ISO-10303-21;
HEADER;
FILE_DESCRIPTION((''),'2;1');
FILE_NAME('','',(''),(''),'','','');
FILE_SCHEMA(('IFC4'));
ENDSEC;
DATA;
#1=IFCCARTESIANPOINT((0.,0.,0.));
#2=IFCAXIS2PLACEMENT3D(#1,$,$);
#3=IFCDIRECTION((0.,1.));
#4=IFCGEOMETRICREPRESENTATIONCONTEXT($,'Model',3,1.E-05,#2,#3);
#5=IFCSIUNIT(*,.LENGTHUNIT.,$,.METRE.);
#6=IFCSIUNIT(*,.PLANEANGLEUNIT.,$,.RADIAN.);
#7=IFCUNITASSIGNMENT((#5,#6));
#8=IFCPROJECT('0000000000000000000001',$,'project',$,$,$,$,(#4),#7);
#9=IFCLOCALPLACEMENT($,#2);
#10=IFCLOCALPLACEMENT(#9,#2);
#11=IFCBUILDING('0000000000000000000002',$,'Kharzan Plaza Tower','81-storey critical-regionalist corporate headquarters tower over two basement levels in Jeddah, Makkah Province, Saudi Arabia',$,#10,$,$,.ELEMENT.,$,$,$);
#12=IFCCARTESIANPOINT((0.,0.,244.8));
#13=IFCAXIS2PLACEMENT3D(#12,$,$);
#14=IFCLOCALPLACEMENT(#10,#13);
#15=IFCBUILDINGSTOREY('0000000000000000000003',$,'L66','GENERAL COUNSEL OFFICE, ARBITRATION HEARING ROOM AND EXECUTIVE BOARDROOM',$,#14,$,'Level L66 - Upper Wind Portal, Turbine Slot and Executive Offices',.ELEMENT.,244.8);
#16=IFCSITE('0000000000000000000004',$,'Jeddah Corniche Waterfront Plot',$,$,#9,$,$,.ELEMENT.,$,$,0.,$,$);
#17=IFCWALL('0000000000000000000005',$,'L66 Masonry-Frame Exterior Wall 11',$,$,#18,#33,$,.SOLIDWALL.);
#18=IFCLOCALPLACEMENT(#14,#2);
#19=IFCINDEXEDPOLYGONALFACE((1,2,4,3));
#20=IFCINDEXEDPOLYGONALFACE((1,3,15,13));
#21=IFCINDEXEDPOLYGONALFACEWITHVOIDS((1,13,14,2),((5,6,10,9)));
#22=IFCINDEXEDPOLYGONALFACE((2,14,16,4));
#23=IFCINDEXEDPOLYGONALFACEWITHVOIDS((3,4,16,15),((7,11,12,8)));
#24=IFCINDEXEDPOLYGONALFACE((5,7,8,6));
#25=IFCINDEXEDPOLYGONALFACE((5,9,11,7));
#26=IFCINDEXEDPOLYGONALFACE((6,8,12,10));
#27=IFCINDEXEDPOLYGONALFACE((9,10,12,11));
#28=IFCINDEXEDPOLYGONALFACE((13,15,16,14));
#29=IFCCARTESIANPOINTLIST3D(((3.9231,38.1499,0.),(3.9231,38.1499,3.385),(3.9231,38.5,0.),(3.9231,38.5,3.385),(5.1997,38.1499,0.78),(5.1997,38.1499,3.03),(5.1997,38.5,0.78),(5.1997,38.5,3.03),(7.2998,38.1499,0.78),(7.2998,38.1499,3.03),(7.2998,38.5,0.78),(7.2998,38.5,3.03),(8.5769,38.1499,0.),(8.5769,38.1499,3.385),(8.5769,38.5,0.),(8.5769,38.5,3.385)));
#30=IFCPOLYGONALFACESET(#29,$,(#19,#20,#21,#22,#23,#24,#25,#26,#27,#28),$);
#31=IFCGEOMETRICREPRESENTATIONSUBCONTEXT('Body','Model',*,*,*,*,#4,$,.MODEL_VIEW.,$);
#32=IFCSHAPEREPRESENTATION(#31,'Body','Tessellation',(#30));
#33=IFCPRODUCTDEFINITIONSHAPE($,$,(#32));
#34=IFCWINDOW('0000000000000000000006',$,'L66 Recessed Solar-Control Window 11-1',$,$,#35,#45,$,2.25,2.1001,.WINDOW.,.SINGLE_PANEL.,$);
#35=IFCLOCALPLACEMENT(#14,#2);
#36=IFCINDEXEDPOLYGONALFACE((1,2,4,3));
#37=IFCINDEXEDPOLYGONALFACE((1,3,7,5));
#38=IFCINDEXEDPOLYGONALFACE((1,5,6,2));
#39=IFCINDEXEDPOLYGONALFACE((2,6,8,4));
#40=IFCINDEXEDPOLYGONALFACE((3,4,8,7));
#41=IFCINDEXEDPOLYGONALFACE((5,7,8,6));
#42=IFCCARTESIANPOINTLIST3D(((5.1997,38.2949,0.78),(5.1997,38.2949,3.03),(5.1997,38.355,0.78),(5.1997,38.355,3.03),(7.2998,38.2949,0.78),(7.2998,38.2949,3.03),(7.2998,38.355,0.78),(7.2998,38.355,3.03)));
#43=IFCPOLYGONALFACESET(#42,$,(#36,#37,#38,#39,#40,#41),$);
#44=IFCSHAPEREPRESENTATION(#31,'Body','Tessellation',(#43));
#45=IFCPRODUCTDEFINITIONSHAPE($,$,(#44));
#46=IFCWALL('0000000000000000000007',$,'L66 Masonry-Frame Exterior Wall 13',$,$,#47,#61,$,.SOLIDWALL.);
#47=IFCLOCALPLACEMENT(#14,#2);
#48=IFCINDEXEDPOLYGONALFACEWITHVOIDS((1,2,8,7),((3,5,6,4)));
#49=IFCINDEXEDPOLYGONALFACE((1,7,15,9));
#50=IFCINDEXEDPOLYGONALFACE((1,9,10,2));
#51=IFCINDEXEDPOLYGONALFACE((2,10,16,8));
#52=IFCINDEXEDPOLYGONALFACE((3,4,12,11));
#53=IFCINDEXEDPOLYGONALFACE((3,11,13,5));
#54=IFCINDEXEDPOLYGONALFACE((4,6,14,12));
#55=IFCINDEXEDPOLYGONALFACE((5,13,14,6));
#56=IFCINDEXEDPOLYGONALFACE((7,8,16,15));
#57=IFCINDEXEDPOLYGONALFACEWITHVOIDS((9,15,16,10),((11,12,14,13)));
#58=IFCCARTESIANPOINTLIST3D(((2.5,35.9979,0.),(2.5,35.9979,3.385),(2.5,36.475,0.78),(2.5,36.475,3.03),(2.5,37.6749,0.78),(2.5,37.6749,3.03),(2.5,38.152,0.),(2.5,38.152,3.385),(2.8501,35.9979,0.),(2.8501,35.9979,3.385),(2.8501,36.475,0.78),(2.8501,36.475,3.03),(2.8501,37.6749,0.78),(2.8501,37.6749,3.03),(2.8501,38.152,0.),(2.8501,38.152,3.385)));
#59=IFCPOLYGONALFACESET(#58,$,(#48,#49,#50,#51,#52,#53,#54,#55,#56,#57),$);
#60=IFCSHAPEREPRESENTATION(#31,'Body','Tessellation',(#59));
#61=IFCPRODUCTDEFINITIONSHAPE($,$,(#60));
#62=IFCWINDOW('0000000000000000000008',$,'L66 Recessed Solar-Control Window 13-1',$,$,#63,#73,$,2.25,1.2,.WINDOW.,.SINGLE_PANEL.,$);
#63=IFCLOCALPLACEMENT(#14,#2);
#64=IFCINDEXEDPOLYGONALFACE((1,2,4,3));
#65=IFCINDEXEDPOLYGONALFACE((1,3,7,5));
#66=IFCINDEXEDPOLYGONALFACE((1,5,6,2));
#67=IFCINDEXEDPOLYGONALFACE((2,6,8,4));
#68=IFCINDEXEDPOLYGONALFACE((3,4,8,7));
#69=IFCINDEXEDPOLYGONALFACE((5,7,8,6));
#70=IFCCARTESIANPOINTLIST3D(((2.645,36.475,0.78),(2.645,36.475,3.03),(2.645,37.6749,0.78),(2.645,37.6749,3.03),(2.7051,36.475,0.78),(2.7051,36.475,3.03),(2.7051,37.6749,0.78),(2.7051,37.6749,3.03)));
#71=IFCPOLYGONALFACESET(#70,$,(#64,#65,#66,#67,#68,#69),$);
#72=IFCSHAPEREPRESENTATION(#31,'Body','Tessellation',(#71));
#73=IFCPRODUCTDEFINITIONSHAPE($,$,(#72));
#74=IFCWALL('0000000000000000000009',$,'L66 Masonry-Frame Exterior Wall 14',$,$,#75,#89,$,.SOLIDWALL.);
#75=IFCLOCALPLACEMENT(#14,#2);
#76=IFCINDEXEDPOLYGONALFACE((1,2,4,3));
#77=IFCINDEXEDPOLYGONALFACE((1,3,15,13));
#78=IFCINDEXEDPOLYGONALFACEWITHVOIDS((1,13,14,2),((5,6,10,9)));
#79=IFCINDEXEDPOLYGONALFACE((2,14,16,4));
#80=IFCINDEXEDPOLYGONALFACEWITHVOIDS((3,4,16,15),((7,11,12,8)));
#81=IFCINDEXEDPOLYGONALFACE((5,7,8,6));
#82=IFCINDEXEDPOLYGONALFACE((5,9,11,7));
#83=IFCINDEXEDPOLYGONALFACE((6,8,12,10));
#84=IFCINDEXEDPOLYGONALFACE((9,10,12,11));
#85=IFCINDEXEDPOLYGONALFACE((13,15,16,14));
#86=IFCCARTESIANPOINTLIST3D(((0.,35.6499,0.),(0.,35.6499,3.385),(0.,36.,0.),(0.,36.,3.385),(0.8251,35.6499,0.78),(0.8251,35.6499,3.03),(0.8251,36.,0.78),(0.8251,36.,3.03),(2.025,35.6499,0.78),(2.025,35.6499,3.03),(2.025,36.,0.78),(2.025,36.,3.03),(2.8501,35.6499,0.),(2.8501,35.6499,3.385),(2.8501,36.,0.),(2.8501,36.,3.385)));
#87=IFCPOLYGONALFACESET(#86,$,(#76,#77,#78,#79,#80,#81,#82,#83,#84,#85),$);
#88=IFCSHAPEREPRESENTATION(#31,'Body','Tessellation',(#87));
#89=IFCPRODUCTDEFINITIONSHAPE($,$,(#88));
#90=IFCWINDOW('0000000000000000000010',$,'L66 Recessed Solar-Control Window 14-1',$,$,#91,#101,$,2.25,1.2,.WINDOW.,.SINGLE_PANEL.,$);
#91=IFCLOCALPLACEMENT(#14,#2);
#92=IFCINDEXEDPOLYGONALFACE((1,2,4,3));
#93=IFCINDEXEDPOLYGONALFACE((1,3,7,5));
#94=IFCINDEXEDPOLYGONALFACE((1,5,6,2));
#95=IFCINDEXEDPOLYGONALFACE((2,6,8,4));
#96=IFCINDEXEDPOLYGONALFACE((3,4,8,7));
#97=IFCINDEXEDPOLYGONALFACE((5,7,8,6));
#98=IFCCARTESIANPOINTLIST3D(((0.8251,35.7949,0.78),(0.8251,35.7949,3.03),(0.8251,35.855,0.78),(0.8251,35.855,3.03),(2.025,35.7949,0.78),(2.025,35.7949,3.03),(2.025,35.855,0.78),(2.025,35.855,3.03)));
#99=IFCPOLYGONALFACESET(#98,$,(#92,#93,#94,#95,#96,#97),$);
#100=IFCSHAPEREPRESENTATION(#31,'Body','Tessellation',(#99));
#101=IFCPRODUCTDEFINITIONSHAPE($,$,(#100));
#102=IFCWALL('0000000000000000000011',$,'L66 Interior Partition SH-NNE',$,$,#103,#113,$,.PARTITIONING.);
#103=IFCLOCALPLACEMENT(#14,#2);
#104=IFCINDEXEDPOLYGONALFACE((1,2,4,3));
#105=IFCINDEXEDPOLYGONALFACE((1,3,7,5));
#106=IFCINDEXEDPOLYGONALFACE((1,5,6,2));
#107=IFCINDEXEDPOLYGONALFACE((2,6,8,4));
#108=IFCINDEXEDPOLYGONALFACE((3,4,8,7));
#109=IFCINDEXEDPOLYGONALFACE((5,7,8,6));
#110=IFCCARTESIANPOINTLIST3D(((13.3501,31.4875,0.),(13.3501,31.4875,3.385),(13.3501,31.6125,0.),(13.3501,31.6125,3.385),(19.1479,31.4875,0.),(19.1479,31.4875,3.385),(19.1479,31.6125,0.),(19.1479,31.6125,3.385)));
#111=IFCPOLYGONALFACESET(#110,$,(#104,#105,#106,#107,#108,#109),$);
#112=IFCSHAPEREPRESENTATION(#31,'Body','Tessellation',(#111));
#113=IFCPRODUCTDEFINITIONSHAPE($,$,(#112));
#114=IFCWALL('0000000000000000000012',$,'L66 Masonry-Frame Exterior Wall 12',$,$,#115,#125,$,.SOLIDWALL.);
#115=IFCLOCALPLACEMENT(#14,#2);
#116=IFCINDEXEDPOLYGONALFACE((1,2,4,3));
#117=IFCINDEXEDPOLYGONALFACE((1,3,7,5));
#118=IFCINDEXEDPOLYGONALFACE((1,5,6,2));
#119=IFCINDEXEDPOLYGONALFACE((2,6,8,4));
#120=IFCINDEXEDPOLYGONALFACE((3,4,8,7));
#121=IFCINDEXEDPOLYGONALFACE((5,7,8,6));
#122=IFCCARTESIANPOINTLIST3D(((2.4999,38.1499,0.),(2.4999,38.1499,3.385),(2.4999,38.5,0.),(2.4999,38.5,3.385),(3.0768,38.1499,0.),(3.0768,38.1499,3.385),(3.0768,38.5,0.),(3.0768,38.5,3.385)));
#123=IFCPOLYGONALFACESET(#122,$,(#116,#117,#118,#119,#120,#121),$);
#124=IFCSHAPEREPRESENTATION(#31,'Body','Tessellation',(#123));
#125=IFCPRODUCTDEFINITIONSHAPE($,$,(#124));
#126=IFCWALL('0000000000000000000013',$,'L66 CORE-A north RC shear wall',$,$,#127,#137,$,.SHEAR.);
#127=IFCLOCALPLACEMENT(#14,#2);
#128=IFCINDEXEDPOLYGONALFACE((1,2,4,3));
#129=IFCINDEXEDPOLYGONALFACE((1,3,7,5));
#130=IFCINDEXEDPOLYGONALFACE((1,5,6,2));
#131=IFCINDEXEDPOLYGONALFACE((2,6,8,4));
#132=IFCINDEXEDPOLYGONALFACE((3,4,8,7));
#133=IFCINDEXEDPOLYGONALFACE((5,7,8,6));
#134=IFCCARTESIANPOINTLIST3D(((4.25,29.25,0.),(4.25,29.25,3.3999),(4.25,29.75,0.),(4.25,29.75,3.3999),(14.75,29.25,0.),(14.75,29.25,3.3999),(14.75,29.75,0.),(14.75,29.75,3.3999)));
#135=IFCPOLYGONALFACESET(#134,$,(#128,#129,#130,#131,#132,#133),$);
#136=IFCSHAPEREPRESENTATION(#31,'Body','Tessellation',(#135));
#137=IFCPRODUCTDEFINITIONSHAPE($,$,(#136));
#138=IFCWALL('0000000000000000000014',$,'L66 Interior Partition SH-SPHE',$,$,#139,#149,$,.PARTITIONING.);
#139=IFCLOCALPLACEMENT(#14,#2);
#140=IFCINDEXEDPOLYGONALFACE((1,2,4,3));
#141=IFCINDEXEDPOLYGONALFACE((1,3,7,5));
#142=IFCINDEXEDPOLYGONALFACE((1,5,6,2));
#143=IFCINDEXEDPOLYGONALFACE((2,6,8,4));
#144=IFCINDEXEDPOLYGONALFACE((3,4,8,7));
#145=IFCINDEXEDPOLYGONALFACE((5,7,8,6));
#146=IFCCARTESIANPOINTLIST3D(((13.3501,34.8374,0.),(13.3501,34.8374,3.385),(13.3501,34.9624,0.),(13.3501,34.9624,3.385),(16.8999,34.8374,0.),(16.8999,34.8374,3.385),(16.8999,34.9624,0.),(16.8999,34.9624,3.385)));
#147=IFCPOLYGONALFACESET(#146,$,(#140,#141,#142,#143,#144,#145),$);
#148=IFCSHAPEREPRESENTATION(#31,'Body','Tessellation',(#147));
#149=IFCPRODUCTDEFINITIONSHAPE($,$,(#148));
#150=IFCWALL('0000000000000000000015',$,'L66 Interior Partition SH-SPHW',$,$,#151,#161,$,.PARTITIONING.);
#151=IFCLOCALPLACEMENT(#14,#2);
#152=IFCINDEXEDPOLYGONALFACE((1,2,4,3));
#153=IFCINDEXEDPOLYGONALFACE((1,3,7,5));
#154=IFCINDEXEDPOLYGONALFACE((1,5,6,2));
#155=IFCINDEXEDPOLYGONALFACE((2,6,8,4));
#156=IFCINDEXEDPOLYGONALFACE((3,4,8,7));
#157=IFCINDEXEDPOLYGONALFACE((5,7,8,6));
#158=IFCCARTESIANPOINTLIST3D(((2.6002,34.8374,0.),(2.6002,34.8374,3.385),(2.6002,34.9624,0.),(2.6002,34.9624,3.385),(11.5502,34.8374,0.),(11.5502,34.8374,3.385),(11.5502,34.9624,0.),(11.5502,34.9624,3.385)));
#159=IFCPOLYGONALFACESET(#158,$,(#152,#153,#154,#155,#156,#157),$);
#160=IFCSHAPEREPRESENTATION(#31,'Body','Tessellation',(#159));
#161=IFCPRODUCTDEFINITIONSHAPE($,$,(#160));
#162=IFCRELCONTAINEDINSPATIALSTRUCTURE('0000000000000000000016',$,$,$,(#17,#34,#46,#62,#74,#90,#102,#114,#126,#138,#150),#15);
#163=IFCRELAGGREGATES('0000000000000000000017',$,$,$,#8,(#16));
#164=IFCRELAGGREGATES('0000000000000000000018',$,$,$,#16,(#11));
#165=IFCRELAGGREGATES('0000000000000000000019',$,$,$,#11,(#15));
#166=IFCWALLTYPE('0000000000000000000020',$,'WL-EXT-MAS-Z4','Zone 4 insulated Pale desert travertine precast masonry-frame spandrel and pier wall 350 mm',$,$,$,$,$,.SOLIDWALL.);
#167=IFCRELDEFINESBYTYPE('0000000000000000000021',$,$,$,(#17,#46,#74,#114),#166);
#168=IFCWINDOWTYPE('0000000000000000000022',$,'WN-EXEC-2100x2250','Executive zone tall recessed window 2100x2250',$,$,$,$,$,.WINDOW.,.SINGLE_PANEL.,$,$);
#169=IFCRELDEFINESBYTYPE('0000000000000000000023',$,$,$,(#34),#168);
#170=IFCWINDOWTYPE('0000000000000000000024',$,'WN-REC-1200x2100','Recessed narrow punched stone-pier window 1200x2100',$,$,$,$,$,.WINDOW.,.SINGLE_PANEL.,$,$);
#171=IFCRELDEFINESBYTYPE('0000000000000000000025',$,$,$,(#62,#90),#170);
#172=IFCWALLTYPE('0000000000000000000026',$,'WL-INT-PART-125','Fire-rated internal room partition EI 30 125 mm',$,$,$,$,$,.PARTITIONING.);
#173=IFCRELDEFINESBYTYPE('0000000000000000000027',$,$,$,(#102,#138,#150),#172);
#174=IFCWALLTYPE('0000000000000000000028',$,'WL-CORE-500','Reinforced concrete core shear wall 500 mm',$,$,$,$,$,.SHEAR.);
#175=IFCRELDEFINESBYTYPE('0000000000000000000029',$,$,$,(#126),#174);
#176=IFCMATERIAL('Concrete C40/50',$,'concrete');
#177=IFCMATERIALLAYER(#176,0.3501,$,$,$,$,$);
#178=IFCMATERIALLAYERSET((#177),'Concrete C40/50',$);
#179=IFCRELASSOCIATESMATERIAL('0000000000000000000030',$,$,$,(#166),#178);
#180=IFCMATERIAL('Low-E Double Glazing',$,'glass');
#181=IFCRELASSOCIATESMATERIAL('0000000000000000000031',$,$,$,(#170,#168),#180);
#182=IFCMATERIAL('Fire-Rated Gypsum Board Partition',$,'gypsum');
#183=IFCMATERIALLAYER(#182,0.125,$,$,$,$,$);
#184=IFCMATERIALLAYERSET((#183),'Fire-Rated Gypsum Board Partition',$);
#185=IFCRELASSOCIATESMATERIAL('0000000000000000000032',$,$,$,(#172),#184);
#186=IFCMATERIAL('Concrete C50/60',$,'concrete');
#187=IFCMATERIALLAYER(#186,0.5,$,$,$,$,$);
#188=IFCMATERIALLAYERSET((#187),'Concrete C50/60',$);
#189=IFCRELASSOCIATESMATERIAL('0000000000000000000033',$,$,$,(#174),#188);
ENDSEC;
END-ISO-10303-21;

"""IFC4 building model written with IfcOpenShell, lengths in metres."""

from ifc_helpers import new_model, si_unit, direction, frame, frame_2d, origin, place, context, subcontext, project, spatial, rectangle, extrude, source, transform, mapped, material, layer, layer_set, type_object, element, fill, save


model = new_model("IFC4")

# Units and contexts
model_context = context("Model", 3, precision=1e-05, world=origin(), true_north=direction((0.0, 1.0)))
body_context = subcontext(model_context, "Body", "Model", "MODEL_VIEW")
ifc_project = project(units=[si_unit("LENGTHUNIT", "METRE"), si_unit("PLANEANGLEUNIT", "RADIAN")], contexts=[model_context])

# Site, building, storey
site_placement = place(None, origin())
site = spatial("IfcSite", under=ifc_project, at=site_placement, Name="Jeddah Corniche Waterfront Plot", CompositionType="ELEMENT", RefElevation=0.0)
building_placement = place(site_placement, origin())
building = spatial("IfcBuilding", under=site, at=building_placement, Name="Kharzan Plaza Tower", Description="81-storey critical-regionalist corporate headquarters tower over two basement levels in Jeddah, Makkah Province, Saudi Arabia", CompositionType="ELEMENT")
storey_placement = place(building_placement, frame((0.0, 0.0, 244.8)))
storey = spatial("IfcBuildingStorey", under=building, at=storey_placement, Name="L66", Description="GENERAL COUNSEL OFFICE, ARBITRATION HEARING ROOM AND EXECUTIVE BOARDROOM", LongName="Level L66 - Upper Wind Portal, Turbine Slot and Executive Offices", CompositionType="ELEMENT", Elevation=244.8)

# Shared definitions
ifc_material_1 = material(Name="Concrete C50/60", Category="concrete")

# Walls, openings, windows
ifc_material_2 = material(Name="Concrete C40/50", Category="concrete")
ifc_layer_1 = layer(ifc_material_2, 0.3501)
ifc_layer_set_1 = layer_set([ifc_layer_1], Name="Concrete C40/50")
wall_type_1 = type_object("IfcWallType", Name="WL-EXT-MAS-Z4", Description="Zone 4 insulated Pale desert travertine precast masonry-frame spandrel and pier wall 350 mm", PredefinedType="SOLIDWALL", material=ifc_layer_set_1)
ifc_material_3 = material(Name="Low-E Double Glazing", Category="glass")
window_type_1 = type_object("IfcWindowType", Name="WN-REC-1200x2100", Description="Recessed narrow punched stone-pier window 1200x2100", PartitioningType="SINGLE_PANEL", PredefinedType="WINDOW", material=ifc_material_3)
shared_shape_1 = source(origin(), body_context, "Body", "SweptSolid", [
    extrude(rectangle(XDim=1.2, YDim=2.25, at=frame_2d((0.6001, 1.125))), frame((0.0, 0.03, 0.0), z_axis=(0.0, -1.0, 0.0), x_axis=(1.0, 0.0, 0.0)), (0.0, 0.0, 1.0), 0.0601),
])
window_type_2 = type_object("IfcWindowType", Name="WN-EXEC-2100x2250", Description="Executive zone tall recessed window 2100x2250", PartitioningType="SINGLE_PANEL", PredefinedType="WINDOW", material=ifc_material_3)
shared_shape_2 = source(origin(), body_context, "Body", "SweptSolid", [
    extrude(rectangle(XDim=2.1001, YDim=2.25, at=frame_2d((1.05, 1.125))), frame((0.0, 0.03, 0.0), z_axis=(0.0, -1.0, 0.0), x_axis=(1.0, 0.0, 0.0)), (0.0, 0.0, 1.0), 0.0601),
])
wall_1_placement = place(storey_placement, frame((8.5769, 38.325, 0.0), z_axis=(0.0, 0.0, 1.0), x_axis=(-1.0, 0.0, 0.0)))
wall_1 = element("IfcWall", 1, at=wall_1_placement, inside=storey, type_object=wall_type_1, Name="L66 Masonry-Frame Exterior Wall 11", PredefinedType="SOLIDWALL", context=body_context, shape_type="SweptSolid", body=[
    extrude(rectangle(XDim=4.6538, YDim=0.3501, at=frame_2d((2.3269, 0.0))), origin(), (0.0, 0.0, 1.0), 3.385),
])
opening_1_placement = place(wall_1_placement, frame((1.2771, 0.0, 0.78)))
opening_1 = element("IfcOpeningElement", 2, at=opening_1_placement, cuts=wall_1, PredefinedType="OPENING", context=body_context, shape_type="SweptSolid", body=[
    extrude(rectangle(XDim=2.1001, YDim=2.25, at=frame_2d((1.05, 1.125))), frame((0.0, 0.1851, 0.0), z_axis=(0.0, -1.0, 0.0), x_axis=(1.0, 0.0, 0.0)), (0.0, 0.0, 1.0), 0.3701),
])
window_1_placement = place(opening_1_placement, origin())
window_1 = element("IfcWindow", 3, at=window_1_placement, inside=storey, type_object=window_type_2, Name="L66 Recessed Solar-Control Window 11-1", OverallHeight=2.25, OverallWidth=2.1001, PartitioningType="SINGLE_PANEL", PredefinedType="WINDOW", context=body_context, shape_type="MappedRepresentation", body=[
    mapped(shared_shape_2, transform((0.0, 0.0, 0.0), x_axis=(1.0, 0.0, 0.0), y_axis=(0.0, 1.0, 0.0), z_axis=(0.0, 0.0, 1.0))),
])
fill(opening_1, window_1)
wall_2_placement = place(storey_placement, frame((2.675, 38.1521, 0.0), z_axis=(0.0, 0.0, 1.0), x_axis=(0.0, -1.0, 0.0)))
wall_2 = element("IfcWall", 4, at=wall_2_placement, inside=storey, type_object=wall_type_1, Name="L66 Masonry-Frame Exterior Wall 13", PredefinedType="SOLIDWALL", context=body_context, shape_type="SweptSolid", body=[
    extrude(rectangle(XDim=2.1541, YDim=0.3501, at=frame_2d((1.0771, 0.0))), origin(), (0.0, 0.0, 1.0), 3.385),
])
opening_2_placement = place(wall_2_placement, frame((0.4771, 0.0, 0.78)))
opening_2 = element("IfcOpeningElement", 5, at=opening_2_placement, cuts=wall_2, PredefinedType="OPENING", context=body_context, shape_type="SweptSolid", body=[
    extrude(rectangle(XDim=1.2, YDim=2.25, at=frame_2d((0.6001, 1.125))), frame((0.0, 0.1851, 0.0), z_axis=(0.0, -1.0, 0.0), x_axis=(1.0, 0.0, 0.0)), (0.0, 0.0, 1.0), 0.3701),
])
window_2_placement = place(opening_2_placement, origin())
window_2 = element("IfcWindow", 6, at=window_2_placement, inside=storey, type_object=window_type_1, Name="L66 Recessed Solar-Control Window 13-1", OverallHeight=2.25, OverallWidth=1.2, PartitioningType="SINGLE_PANEL", PredefinedType="WINDOW", context=body_context, shape_type="MappedRepresentation", body=[
    mapped(shared_shape_1, transform((0.0, 0.0, 0.0), x_axis=(1.0, 0.0, 0.0), y_axis=(0.0, 1.0, 0.0), z_axis=(0.0, 0.0, 1.0))),
])
fill(opening_2, window_2)
wall_3_placement = place(storey_placement, frame((2.8501, 35.825, 0.0), z_axis=(0.0, 0.0, 1.0), x_axis=(-1.0, 0.0, 0.0)))
wall_3 = element("IfcWall", 7, at=wall_3_placement, inside=storey, type_object=wall_type_1, Name="L66 Masonry-Frame Exterior Wall 14", PredefinedType="SOLIDWALL", context=body_context, shape_type="SweptSolid", body=[
    extrude(rectangle(XDim=2.8501, YDim=0.3501, at=frame_2d((1.425, 0.0))), origin(), (0.0, 0.0, 1.0), 3.385),
])
opening_3_placement = place(wall_3_placement, frame((0.825, 0.0, 0.78)))
opening_3 = element("IfcOpeningElement", 8, at=opening_3_placement, cuts=wall_3, PredefinedType="OPENING", context=body_context, shape_type="SweptSolid", body=[
    extrude(rectangle(XDim=1.2, YDim=2.25, at=frame_2d((0.6001, 1.125))), frame((0.0, 0.1851, 0.0), z_axis=(0.0, -1.0, 0.0), x_axis=(1.0, 0.0, 0.0)), (0.0, 0.0, 1.0), 0.3701),
])
window_3_placement = place(opening_3_placement, origin())
window_3 = element("IfcWindow", 9, at=window_3_placement, inside=storey, type_object=window_type_1, Name="L66 Recessed Solar-Control Window 14-1", OverallHeight=2.25, OverallWidth=1.2, PartitioningType="SINGLE_PANEL", PredefinedType="WINDOW", context=body_context, shape_type="MappedRepresentation", body=[
    mapped(shared_shape_1, transform((0.0, 0.0, 0.0), x_axis=(1.0, 0.0, 0.0), y_axis=(0.0, 1.0, 0.0), z_axis=(0.0, 0.0, 1.0))),
])
fill(opening_3, window_3)

# Shared definitions
ifc_material_4 = material(Name="Fire-Rated Gypsum Board Partition", Category="gypsum")
ifc_layer_2 = layer(ifc_material_4, 0.125)
ifc_layer_set_2 = layer_set([ifc_layer_2], Name="Fire-Rated Gypsum Board Partition")
wall_type_2 = type_object("IfcWallType", Name="WL-INT-PART-125", Description="Fire-rated internal room partition EI 30 125 mm", PredefinedType="PARTITIONING", material=ifc_layer_set_2)

# Walls
shared_shape_3 = source(origin(), body_context, "Body", "SweptSolid", [
    extrude(rectangle(XDim=5.7979, YDim=0.125, at=frame_2d((2.8989, 0.0))), origin(), (0.0, 0.0, 1.0), 3.385),
])
wall_4_placement = place(storey_placement, frame((13.3501, 31.55, 0.0), z_axis=(0.0, 0.0, 1.0), x_axis=(1.0, 0.0, 0.0)))
element("IfcWall", 10, at=wall_4_placement, inside=storey, type_object=wall_type_2, Name="L66 Interior Partition SH-NNE", PredefinedType="PARTITIONING", context=body_context, shape_type="MappedRepresentation", body=[
    mapped(shared_shape_3, transform((0.0, 0.0, 0.0), x_axis=(1.0, 0.0, 0.0), y_axis=(0.0, 1.0, 0.0), z_axis=(0.0, 0.0, 1.0))),
])
shared_shape_4 = source(origin(), body_context, "Body", "SweptSolid", [
    extrude(rectangle(XDim=0.5769, YDim=0.3501, at=frame_2d((0.2886, 0.0))), origin(), (0.0, 0.0, 1.0), 3.385),
])
wall_5_placement = place(storey_placement, frame((3.0769, 38.325, 0.0), z_axis=(0.0, 0.0, 1.0), x_axis=(-1.0, 0.0, 0.0)))
element("IfcWall", 11, at=wall_5_placement, inside=storey, type_object=wall_type_1, Name="L66 Masonry-Frame Exterior Wall 12", PredefinedType="SOLIDWALL", context=body_context, shape_type="MappedRepresentation", body=[
    mapped(shared_shape_4, transform((0.0, 0.0, 0.0), x_axis=(1.0, 0.0, 0.0), y_axis=(0.0, 1.0, 0.0), z_axis=(0.0, 0.0, 1.0))),
])
ifc_layer_3 = layer(ifc_material_1, 0.5)
ifc_layer_set_3 = layer_set([ifc_layer_3], Name="Concrete C50/60")
wall_type_3 = type_object("IfcWallType", Name="WL-CORE-500", Description="Reinforced concrete core shear wall 500 mm", PredefinedType="SHEAR", material=ifc_layer_set_3)
shared_shape_5 = source(origin(), body_context, "Body", "SweptSolid", [
    extrude(rectangle(XDim=10.5, YDim=0.5, at=frame_2d((5.25, 0.0))), origin(), (0.0, 0.0, 1.0), 3.3999),
])
wall_6_placement = place(storey_placement, frame((4.25, 29.5, 0.0), z_axis=(0.0, 0.0, 1.0), x_axis=(1.0, 0.0, 0.0)))
element("IfcWall", 12, at=wall_6_placement, inside=storey, type_object=wall_type_3, Name="L66 CORE-A north RC shear wall", PredefinedType="SHEAR", context=body_context, shape_type="MappedRepresentation", body=[
    mapped(shared_shape_5, transform((0.0, 0.0, 0.0), x_axis=(1.0, 0.0, 0.0), y_axis=(0.0, 1.0, 0.0), z_axis=(0.0, 0.0, 1.0))),
])
shared_shape_6 = source(origin(), body_context, "Body", "SweptSolid", [
    extrude(rectangle(XDim=3.5498, YDim=0.125, at=frame_2d((1.7749, 0.0))), origin(), (0.0, 0.0, 1.0), 3.385),
])
wall_7_placement = place(storey_placement, frame((13.3501, 34.8999, 0.0), z_axis=(0.0, 0.0, 1.0), x_axis=(1.0, 0.0, 0.0)))
element("IfcWall", 13, at=wall_7_placement, inside=storey, type_object=wall_type_2, Name="L66 Interior Partition SH-SPHE", PredefinedType="PARTITIONING", context=body_context, shape_type="MappedRepresentation", body=[
    mapped(shared_shape_6, transform((0.0, 0.0, 0.0), x_axis=(1.0, 0.0, 0.0), y_axis=(0.0, 1.0, 0.0), z_axis=(0.0, 0.0, 1.0))),
])
shared_shape_7 = source(origin(), body_context, "Body", "SweptSolid", [
    extrude(rectangle(XDim=8.95, YDim=0.125, at=frame_2d((4.4751, 0.0))), origin(), (0.0, 0.0, 1.0), 3.385),
])
wall_8_placement = place(storey_placement, frame((2.6001, 34.8999, 0.0), z_axis=(0.0, 0.0, 1.0), x_axis=(1.0, 0.0, 0.0)))
element("IfcWall", 14, at=wall_8_placement, inside=storey, type_object=wall_type_2, Name="L66 Interior Partition SH-SPHW", PredefinedType="PARTITIONING", context=body_context, shape_type="MappedRepresentation", body=[
    mapped(shared_shape_7, transform((0.0, 0.0, 0.0), x_axis=(1.0, 0.0, 0.0), y_axis=(0.0, 1.0, 0.0), z_axis=(0.0, 0.0, 1.0))),
])

save(model, "model.ifc")
